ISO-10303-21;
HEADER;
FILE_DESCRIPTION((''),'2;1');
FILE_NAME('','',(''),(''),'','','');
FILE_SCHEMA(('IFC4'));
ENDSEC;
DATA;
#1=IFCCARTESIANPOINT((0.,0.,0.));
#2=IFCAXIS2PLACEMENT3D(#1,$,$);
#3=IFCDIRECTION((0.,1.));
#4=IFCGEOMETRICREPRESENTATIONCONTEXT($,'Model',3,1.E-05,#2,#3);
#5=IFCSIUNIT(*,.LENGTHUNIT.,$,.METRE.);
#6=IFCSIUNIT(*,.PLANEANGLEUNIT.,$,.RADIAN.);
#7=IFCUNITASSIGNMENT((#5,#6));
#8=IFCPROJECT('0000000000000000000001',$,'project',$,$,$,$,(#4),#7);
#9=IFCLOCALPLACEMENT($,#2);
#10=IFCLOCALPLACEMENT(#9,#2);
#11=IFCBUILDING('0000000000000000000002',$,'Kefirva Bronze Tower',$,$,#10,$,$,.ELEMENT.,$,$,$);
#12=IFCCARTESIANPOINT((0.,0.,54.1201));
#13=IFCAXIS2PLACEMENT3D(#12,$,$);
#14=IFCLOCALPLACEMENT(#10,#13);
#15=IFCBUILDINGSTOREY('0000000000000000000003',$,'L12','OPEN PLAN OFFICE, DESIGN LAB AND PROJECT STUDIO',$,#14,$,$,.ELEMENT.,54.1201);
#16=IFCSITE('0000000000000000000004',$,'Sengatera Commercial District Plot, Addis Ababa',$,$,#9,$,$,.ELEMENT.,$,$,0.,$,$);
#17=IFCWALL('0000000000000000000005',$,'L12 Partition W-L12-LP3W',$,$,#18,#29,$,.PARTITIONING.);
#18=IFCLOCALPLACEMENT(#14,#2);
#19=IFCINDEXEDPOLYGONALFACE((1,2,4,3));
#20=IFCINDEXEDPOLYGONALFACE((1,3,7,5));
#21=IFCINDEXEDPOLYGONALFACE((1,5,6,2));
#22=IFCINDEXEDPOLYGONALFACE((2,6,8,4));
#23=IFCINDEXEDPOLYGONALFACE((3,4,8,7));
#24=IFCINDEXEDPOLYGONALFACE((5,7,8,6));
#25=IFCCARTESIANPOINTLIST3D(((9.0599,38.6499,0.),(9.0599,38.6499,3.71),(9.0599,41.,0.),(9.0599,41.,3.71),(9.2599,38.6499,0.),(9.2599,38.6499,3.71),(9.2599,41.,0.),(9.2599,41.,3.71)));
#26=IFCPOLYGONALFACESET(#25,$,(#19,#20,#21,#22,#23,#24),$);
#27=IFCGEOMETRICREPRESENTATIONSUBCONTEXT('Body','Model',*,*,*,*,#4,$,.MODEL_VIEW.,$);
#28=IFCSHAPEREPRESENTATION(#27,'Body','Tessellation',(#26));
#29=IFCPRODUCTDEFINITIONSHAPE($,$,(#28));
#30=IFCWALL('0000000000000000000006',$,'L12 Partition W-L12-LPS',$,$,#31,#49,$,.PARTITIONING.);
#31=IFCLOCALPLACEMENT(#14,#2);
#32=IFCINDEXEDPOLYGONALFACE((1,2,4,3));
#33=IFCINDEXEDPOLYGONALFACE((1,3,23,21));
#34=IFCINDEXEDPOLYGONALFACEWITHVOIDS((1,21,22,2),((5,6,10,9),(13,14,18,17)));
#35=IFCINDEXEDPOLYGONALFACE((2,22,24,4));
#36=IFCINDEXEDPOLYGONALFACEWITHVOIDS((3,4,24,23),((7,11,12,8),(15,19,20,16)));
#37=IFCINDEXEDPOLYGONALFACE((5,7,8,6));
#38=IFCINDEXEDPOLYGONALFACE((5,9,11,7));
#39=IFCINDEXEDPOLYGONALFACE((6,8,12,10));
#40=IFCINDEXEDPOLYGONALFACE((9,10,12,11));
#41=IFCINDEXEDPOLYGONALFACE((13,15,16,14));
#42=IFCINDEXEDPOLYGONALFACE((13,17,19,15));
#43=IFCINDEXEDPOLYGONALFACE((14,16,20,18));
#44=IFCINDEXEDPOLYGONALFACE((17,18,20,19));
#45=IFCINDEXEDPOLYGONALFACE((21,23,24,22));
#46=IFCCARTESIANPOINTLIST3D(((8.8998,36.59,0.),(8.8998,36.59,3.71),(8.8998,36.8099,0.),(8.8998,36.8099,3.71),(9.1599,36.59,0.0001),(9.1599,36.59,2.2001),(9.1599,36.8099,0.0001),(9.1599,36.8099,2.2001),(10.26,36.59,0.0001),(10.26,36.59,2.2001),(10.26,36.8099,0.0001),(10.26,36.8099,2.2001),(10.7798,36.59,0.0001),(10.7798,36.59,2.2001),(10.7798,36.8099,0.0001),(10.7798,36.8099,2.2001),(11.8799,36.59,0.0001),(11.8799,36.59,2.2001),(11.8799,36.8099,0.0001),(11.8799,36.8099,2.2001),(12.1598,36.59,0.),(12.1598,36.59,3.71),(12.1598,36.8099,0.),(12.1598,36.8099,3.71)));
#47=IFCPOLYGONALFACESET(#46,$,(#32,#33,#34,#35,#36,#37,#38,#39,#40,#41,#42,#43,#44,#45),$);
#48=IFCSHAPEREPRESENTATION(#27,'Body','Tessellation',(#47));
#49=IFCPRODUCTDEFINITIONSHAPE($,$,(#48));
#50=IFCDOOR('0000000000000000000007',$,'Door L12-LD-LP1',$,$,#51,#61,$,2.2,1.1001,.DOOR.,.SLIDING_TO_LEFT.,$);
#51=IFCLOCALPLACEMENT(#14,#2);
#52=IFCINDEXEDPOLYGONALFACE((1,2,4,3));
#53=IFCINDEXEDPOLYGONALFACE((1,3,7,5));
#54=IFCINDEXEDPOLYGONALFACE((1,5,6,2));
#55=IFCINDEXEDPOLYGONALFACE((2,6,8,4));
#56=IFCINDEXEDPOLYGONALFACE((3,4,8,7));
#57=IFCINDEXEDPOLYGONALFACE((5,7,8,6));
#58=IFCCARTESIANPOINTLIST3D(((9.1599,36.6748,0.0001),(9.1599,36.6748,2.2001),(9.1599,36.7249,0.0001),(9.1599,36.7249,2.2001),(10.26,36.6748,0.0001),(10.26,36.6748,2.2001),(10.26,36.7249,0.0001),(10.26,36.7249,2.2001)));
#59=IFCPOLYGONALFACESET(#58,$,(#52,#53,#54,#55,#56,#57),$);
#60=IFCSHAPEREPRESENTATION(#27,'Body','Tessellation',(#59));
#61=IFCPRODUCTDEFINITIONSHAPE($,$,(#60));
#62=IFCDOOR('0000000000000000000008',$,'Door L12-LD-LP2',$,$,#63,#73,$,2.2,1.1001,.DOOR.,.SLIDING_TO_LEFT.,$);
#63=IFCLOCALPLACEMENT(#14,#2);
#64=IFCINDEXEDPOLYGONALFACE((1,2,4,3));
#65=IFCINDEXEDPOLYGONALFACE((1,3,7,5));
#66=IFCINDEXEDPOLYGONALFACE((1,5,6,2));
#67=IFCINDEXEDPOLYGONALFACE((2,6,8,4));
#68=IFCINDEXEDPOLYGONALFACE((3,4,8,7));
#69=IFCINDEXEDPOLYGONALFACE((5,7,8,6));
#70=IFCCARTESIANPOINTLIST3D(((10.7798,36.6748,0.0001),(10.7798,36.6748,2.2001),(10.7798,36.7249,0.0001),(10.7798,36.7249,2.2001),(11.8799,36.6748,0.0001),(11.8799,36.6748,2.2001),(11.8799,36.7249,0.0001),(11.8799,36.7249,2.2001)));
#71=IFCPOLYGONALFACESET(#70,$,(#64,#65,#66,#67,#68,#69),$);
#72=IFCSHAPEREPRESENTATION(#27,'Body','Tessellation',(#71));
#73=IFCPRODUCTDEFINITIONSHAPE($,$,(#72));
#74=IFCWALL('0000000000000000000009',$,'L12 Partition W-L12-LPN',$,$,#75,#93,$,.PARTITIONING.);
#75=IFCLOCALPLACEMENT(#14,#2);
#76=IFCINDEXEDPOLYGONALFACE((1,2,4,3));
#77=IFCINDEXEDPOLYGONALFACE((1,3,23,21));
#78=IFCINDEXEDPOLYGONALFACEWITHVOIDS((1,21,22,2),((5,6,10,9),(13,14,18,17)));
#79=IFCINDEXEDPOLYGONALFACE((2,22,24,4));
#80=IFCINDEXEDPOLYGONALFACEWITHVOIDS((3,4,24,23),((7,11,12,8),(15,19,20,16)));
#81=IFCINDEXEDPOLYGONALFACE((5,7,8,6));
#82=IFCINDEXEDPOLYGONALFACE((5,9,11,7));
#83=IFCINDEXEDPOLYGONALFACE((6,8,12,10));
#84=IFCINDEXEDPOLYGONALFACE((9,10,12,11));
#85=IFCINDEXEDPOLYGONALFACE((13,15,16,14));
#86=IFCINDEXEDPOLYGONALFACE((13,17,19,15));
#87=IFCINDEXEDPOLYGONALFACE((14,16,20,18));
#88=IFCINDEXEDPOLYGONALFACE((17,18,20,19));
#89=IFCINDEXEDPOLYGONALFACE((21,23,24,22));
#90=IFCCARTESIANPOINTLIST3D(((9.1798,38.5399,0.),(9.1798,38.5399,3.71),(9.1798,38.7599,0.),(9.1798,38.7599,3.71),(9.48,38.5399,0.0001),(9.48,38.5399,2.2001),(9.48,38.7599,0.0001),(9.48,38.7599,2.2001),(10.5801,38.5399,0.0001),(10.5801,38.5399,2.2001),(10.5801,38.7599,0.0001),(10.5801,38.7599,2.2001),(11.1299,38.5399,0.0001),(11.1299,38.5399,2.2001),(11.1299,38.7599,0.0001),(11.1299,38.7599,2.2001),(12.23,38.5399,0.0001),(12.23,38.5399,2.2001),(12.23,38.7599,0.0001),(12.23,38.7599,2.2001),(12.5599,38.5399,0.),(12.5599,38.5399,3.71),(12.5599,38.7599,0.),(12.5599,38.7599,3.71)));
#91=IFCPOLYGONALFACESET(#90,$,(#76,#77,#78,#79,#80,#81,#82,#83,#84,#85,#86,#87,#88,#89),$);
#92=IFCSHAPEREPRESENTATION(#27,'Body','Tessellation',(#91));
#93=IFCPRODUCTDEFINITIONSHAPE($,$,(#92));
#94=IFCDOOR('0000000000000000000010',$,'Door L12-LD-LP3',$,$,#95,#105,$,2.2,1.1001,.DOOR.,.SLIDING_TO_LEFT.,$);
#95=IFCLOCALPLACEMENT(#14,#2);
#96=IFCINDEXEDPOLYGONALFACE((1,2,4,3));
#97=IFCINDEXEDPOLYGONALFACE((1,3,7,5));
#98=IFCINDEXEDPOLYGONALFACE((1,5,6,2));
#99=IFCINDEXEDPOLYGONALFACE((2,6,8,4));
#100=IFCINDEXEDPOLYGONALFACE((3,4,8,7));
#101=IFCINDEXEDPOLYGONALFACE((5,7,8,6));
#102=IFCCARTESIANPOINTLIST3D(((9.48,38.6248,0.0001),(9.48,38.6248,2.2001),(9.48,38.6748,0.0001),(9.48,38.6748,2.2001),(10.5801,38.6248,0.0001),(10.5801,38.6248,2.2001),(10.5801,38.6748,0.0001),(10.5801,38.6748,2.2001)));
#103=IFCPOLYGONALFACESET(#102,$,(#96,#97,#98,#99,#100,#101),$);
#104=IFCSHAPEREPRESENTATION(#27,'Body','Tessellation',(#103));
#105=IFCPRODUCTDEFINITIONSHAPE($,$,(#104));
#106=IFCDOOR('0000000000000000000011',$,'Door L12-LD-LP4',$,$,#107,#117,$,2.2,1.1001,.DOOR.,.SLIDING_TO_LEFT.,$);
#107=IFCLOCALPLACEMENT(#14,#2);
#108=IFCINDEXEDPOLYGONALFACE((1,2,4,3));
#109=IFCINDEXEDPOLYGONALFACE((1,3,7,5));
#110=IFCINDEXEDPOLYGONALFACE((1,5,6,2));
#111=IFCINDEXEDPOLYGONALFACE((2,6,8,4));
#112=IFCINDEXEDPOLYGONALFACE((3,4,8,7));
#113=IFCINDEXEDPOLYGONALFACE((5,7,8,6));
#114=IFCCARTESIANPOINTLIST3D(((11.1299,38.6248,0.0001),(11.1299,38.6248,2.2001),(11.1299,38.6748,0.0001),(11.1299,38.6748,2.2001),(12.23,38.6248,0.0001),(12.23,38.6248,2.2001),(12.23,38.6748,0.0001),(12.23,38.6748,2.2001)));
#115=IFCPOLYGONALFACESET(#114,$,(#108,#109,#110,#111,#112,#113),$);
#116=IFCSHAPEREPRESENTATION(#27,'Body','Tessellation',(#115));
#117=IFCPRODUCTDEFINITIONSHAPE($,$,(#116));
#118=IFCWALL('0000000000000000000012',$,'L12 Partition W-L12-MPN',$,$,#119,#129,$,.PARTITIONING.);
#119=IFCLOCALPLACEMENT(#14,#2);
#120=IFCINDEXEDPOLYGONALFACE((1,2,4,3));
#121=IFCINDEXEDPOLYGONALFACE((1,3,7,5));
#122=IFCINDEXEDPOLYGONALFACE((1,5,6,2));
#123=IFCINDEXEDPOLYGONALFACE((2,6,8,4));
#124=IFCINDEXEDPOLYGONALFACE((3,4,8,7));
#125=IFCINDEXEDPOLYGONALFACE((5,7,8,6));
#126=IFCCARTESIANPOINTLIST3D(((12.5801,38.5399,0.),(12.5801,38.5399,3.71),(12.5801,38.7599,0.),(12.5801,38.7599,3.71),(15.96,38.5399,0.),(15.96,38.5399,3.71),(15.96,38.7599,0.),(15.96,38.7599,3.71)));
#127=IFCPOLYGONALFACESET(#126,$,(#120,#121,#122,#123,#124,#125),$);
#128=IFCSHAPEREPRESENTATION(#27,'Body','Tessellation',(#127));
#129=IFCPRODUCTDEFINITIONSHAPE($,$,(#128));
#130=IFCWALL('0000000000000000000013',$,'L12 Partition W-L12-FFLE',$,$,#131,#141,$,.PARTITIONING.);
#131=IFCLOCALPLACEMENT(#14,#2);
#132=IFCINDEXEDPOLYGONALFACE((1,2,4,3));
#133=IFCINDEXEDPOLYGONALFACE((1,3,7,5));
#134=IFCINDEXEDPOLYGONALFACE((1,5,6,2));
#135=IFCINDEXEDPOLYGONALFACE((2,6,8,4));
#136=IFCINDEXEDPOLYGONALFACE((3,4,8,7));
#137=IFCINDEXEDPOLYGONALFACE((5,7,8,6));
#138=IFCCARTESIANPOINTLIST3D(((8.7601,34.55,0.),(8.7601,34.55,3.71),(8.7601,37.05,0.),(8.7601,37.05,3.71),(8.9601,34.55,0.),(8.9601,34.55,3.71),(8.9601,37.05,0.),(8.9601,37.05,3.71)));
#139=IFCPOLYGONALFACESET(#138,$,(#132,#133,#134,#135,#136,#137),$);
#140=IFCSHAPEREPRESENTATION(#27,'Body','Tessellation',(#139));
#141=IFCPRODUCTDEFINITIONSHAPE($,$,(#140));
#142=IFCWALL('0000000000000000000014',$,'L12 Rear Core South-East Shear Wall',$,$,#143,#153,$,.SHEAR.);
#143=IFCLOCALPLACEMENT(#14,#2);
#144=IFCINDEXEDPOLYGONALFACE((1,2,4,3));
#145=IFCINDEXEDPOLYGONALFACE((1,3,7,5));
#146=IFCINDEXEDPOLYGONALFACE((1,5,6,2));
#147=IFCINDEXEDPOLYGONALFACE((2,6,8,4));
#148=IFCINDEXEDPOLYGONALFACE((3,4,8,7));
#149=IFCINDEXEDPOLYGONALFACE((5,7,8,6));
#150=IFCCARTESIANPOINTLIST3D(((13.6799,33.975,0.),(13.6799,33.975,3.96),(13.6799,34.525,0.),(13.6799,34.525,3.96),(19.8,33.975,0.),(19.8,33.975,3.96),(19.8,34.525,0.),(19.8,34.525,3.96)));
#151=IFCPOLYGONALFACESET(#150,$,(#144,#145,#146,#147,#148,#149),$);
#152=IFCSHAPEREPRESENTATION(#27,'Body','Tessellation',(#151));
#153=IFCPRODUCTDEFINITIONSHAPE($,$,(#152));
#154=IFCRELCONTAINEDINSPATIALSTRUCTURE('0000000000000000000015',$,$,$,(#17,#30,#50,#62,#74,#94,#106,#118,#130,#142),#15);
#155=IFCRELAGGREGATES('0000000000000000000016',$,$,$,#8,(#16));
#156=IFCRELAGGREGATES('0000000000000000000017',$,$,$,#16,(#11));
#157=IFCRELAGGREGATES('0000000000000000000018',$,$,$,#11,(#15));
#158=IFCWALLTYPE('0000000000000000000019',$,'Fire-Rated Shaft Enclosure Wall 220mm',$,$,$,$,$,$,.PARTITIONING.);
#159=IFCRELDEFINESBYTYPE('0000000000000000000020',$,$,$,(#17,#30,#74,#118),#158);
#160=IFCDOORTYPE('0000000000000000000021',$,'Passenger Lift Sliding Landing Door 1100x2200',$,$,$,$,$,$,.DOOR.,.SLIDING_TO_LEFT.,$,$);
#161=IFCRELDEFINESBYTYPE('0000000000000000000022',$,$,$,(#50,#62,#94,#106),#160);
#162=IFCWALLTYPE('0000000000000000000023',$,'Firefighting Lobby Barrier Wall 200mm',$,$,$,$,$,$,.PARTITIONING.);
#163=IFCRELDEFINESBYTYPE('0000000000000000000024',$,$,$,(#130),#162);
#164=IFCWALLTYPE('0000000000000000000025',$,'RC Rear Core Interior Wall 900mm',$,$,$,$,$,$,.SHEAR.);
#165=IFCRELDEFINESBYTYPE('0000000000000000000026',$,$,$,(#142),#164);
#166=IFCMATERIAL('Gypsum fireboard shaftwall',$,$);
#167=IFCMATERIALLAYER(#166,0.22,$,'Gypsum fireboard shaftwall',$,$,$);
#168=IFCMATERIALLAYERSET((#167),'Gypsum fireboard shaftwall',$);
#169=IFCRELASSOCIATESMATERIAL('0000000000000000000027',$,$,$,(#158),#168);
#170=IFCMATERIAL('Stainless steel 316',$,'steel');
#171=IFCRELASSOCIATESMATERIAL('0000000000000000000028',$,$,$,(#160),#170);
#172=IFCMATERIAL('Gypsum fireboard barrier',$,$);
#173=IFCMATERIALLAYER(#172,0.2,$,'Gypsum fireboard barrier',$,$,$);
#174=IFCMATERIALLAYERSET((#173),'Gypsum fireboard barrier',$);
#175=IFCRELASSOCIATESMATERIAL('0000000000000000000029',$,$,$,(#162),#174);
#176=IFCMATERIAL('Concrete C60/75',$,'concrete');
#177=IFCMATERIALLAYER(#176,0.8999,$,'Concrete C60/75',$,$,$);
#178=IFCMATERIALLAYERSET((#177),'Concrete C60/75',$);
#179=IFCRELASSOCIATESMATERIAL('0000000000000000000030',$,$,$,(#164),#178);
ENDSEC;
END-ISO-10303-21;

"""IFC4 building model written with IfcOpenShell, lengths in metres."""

from ifc_helpers import new_model, si_unit, direction, frame, frame_2d, origin, place, context, subcontext, project, spatial, rectangle, extrude, material, layer, layer_set, type_object, element, fill, save


model = new_model("IFC4")

# Units and contexts
model_context = context("Model", 3, precision=1e-05, world=origin(), true_north=direction((0.0, 1.0)))
body_context = subcontext(model_context, "Body", "Model", "MODEL_VIEW")
ifc_project = project(units=[si_unit("LENGTHUNIT", "METRE"), si_unit("PLANEANGLEUNIT", "RADIAN")], contexts=[model_context])

# Site, building, storey
site_placement = place(None, origin())
site = spatial("IfcSite", under=ifc_project, at=site_placement, Name="Sengatera Commercial District Plot, Addis Ababa", CompositionType="ELEMENT", RefElevation=0.0)
building_placement = place(site_placement, origin())
building = spatial("IfcBuilding", under=site, at=building_placement, Name="Kefirva Bronze Tower", CompositionType="ELEMENT")
storey_placement = place(building_placement, frame((0.0, 0.0, 54.1201)))
storey = spatial("IfcBuildingStorey", under=building, at=storey_placement, Name="L12", Description="OPEN PLAN OFFICE, DESIGN LAB AND PROJECT STUDIO", CompositionType="ELEMENT", Elevation=54.1201)

# Shared definitions
ifc_material_1 = material(Name="Concrete C60/75", Category="concrete")

# Shared definitions
ifc_material_2 = material(Name="Gypsum fireboard shaftwall")
ifc_layer_1 = layer(ifc_material_2, 0.22, Name="Gypsum fireboard shaftwall")
ifc_layer_set_1 = layer_set([ifc_layer_1], Name="Gypsum fireboard shaftwall")
wall_type_1 = type_object("IfcWallType", Name="Fire-Rated Shaft Enclosure Wall 220mm", PredefinedType="PARTITIONING", material=ifc_layer_set_1)
ifc_material_3 = material(Name="Stainless steel 316", Category="steel")

# Wall
wall_1_placement = place(storey_placement, frame((9.1599, 38.6499, 0.0), z_axis=(0.0, 0.0, 1.0), x_axis=(0.0, 1.0, 0.0)))
element("IfcWall", 1, at=wall_1_placement, inside=storey, type_object=wall_type_1, Name="L12 Partition W-L12-LP3W", PredefinedType="PARTITIONING", context=body_context, shape_type="SweptSolid", body=[
    extrude(rectangle(XDim=2.3501, YDim=0.2, at=frame_2d((1.175, 0.0))), origin(), (0.0, 0.0, 1.0), 3.71),
])

# Walls, openings, doors
wall_2_placement = place(storey_placement, frame((8.8999, 36.7, 0.0), z_axis=(0.0, 0.0, 1.0), x_axis=(1.0, 0.0, 0.0)))
wall_2 = element("IfcWall", 2, at=wall_2_placement, inside=storey, type_object=wall_type_1, Name="L12 Partition W-L12-LPS", PredefinedType="PARTITIONING", context=body_context, shape_type="SweptSolid", body=[
    extrude(rectangle(XDim=3.26, YDim=0.22, at=frame_2d((1.6299, 0.0))), origin(), (0.0, 0.0, 1.0), 3.71),
])
opening_1_placement = place(wall_2_placement, frame((0.26, 0.0, 0.0)))
opening_1 = element("IfcOpeningElement", 3, at=opening_1_placement, cuts=wall_2, PredefinedType="OPENING", context=body_context, shape_type="SweptSolid", body=[
    extrude(rectangle(XDim=1.1001, YDim=2.2, at=frame_2d((0.55, 1.1001))), frame((0.0, 0.1201, 0.0), z_axis=(0.0, -1.0, 0.0), x_axis=(1.0, 0.0, 0.0)), (0.0, 0.0, 1.0), 0.24),
])
opening_2_placement = place(wall_2_placement, frame((1.8799, 0.0, 0.0)))
opening_2 = element("IfcOpeningElement", 4, at=opening_2_placement, cuts=wall_2, PredefinedType="OPENING", context=body_context, shape_type="SweptSolid", body=[
    extrude(rectangle(XDim=1.1001, YDim=2.2, at=frame_2d((0.55, 1.1001))), frame((0.0, 0.1201, 0.0), z_axis=(0.0, -1.0, 0.0), x_axis=(1.0, 0.0, 0.0)), (0.0, 0.0, 1.0), 0.24),
])
door_type_1 = type_object("IfcDoorType", Name="Passenger Lift Sliding Landing Door 1100x2200", OperationType="SLIDING_TO_LEFT", PredefinedType="DOOR", material=ifc_material_3)
door_1_placement = place(opening_1_placement, origin())
door_1 = element("IfcDoor", 5, at=door_1_placement, inside=storey, type_object=door_type_1, Name="Door L12-LD-LP1", OperationType="SLIDING_TO_LEFT", OverallHeight=2.2, OverallWidth=1.1001, PredefinedType="DOOR", context=body_context, shape_type="SweptSolid", body=[
    extrude(rectangle(XDim=1.1001, YDim=2.2, at=frame_2d((0.55, 1.1001))), frame((0.0, 0.0249, 0.0), z_axis=(0.0, -1.0, 0.0), x_axis=(1.0, 0.0, 0.0)), (0.0, 0.0, 1.0), 0.05),
])
fill(opening_1, door_1)
door_2_placement = place(opening_2_placement, origin())
door_2 = element("IfcDoor", 6, at=door_2_placement, inside=storey, type_object=door_type_1, Name="Door L12-LD-LP2", OperationType="SLIDING_TO_LEFT", OverallHeight=2.2, OverallWidth=1.1001, PredefinedType="DOOR", context=body_context, shape_type="SweptSolid", body=[
    extrude(rectangle(XDim=1.1001, YDim=2.2, at=frame_2d((0.55, 1.1001))), frame((0.0, 0.0249, 0.0), z_axis=(0.0, -1.0, 0.0), x_axis=(1.0, 0.0, 0.0)), (0.0, 0.0, 1.0), 0.05),
])
fill(opening_2, door_2)
wall_3_placement = place(storey_placement, frame((9.1799, 38.6499, 0.0), z_axis=(0.0, 0.0, 1.0), x_axis=(1.0, 0.0, 0.0)))
wall_3 = element("IfcWall", 7, at=wall_3_placement, inside=storey, type_object=wall_type_1, Name="L12 Partition W-L12-LPN", PredefinedType="PARTITIONING", context=body_context, shape_type="SweptSolid", body=[
    extrude(rectangle(XDim=3.3801, YDim=0.22, at=frame_2d((1.6899, 0.0))), origin(), (0.0, 0.0, 1.0), 3.71),
])
opening_3_placement = place(wall_3_placement, frame((0.3, 0.0, 0.0)))
opening_3 = element("IfcOpeningElement", 8, at=opening_3_placement, cuts=wall_3, PredefinedType="OPENING", context=body_context, shape_type="SweptSolid", body=[
    extrude(rectangle(XDim=1.1001, YDim=2.2, at=frame_2d((0.55, 1.1001))), frame((0.0, 0.1201, 0.0), z_axis=(0.0, -1.0, 0.0), x_axis=(1.0, 0.0, 0.0)), (0.0, 0.0, 1.0), 0.24),
])
opening_4_placement = place(wall_3_placement, frame((1.95, 0.0, 0.0)))
opening_4 = element("IfcOpeningElement", 9, at=opening_4_placement, cuts=wall_3, PredefinedType="OPENING", context=body_context, shape_type="SweptSolid", body=[
    extrude(rectangle(XDim=1.1001, YDim=2.2, at=frame_2d((0.55, 1.1001))), frame((0.0, 0.1201, 0.0), z_axis=(0.0, -1.0, 0.0), x_axis=(1.0, 0.0, 0.0)), (0.0, 0.0, 1.0), 0.24),
])
door_3_placement = place(opening_3_placement, origin())
door_3 = element("IfcDoor", 10, at=door_3_placement, inside=storey, type_object=door_type_1, Name="Door L12-LD-LP3", OperationType="SLIDING_TO_LEFT", OverallHeight=2.2, OverallWidth=1.1001, PredefinedType="DOOR", context=body_context, shape_type="SweptSolid", body=[
    extrude(rectangle(XDim=1.1001, YDim=2.2, at=frame_2d((0.55, 1.1001))), frame((0.0, 0.0249, 0.0), z_axis=(0.0, -1.0, 0.0), x_axis=(1.0, 0.0, 0.0)), (0.0, 0.0, 1.0), 0.05),
])
fill(opening_3, door_3)
door_4_placement = place(opening_4_placement, origin())
door_4 = element("IfcDoor", 11, at=door_4_placement, inside=storey, type_object=door_type_1, Name="Door L12-LD-LP4", OperationType="SLIDING_TO_LEFT", OverallHeight=2.2, OverallWidth=1.1001, PredefinedType="DOOR", context=body_context, shape_type="SweptSolid", body=[
    extrude(rectangle(XDim=1.1001, YDim=2.2, at=frame_2d((0.55, 1.1001))), frame((0.0, 0.0249, 0.0), z_axis=(0.0, -1.0, 0.0), x_axis=(1.0, 0.0, 0.0)), (0.0, 0.0, 1.0), 0.05),
])
fill(opening_4, door_4)

# Walls
wall_4_placement = place(storey_placement, frame((12.5801, 38.6499, 0.0), z_axis=(0.0, 0.0, 1.0), x_axis=(1.0, 0.0, 0.0)))
element("IfcWall", 12, at=wall_4_placement, inside=storey, type_object=wall_type_1, Name="L12 Partition W-L12-MPN", PredefinedType="PARTITIONING", context=body_context, shape_type="SweptSolid", body=[
    extrude(rectangle(XDim=3.3799, YDim=0.22, at=frame_2d((1.6899, 0.0))), origin(), (0.0, 0.0, 1.0), 3.71),
])
ifc_material_4 = material(Name="Gypsum fireboard barrier")
ifc_layer_2 = layer(ifc_material_4, 0.2, Name="Gypsum fireboard barrier")
ifc_layer_set_2 = layer_set([ifc_layer_2], Name="Gypsum fireboard barrier")
wall_type_2 = type_object("IfcWallType", Name="Firefighting Lobby Barrier Wall 200mm", PredefinedType="PARTITIONING", material=ifc_layer_set_2)
wall_5_placement = place(storey_placement, frame((8.8601, 34.55, 0.0), z_axis=(0.0, 0.0, 1.0), x_axis=(0.0, 1.0, 0.0)))
element("IfcWall", 13, at=wall_5_placement, inside=storey, type_object=wall_type_2, Name="L12 Partition W-L12-FFLE", PredefinedType="PARTITIONING", context=body_context, shape_type="SweptSolid", body=[
    extrude(rectangle(XDim=2.5, YDim=0.2, at=frame_2d((1.25, 0.0))), origin(), (0.0, 0.0, 1.0), 3.71),
])
ifc_layer_3 = layer(ifc_material_1, 0.8999, Name="Concrete C60/75")
ifc_layer_set_3 = layer_set([ifc_layer_3], Name="Concrete C60/75")
wall_type_3 = type_object("IfcWallType", Name="RC Rear Core Interior Wall 900mm", PredefinedType="SHEAR", material=ifc_layer_set_3)
wall_6_placement = place(storey_placement, frame((13.6799, 34.25, 0.0), z_axis=(0.0, 0.0, 1.0), x_axis=(1.0, 0.0, 0.0)))
element("IfcWall", 14, at=wall_6_placement, inside=storey, type_object=wall_type_3, Name="L12 Rear Core South-East Shear Wall", PredefinedType="SHEAR", context=body_context, shape_type="SweptSolid", body=[
    extrude(rectangle(XDim=6.1201, YDim=0.55, at=frame_2d((3.0601, 0.0))), origin(), (0.0, 0.0, 1.0), 3.96),
])

save(model, "model.ifc")
